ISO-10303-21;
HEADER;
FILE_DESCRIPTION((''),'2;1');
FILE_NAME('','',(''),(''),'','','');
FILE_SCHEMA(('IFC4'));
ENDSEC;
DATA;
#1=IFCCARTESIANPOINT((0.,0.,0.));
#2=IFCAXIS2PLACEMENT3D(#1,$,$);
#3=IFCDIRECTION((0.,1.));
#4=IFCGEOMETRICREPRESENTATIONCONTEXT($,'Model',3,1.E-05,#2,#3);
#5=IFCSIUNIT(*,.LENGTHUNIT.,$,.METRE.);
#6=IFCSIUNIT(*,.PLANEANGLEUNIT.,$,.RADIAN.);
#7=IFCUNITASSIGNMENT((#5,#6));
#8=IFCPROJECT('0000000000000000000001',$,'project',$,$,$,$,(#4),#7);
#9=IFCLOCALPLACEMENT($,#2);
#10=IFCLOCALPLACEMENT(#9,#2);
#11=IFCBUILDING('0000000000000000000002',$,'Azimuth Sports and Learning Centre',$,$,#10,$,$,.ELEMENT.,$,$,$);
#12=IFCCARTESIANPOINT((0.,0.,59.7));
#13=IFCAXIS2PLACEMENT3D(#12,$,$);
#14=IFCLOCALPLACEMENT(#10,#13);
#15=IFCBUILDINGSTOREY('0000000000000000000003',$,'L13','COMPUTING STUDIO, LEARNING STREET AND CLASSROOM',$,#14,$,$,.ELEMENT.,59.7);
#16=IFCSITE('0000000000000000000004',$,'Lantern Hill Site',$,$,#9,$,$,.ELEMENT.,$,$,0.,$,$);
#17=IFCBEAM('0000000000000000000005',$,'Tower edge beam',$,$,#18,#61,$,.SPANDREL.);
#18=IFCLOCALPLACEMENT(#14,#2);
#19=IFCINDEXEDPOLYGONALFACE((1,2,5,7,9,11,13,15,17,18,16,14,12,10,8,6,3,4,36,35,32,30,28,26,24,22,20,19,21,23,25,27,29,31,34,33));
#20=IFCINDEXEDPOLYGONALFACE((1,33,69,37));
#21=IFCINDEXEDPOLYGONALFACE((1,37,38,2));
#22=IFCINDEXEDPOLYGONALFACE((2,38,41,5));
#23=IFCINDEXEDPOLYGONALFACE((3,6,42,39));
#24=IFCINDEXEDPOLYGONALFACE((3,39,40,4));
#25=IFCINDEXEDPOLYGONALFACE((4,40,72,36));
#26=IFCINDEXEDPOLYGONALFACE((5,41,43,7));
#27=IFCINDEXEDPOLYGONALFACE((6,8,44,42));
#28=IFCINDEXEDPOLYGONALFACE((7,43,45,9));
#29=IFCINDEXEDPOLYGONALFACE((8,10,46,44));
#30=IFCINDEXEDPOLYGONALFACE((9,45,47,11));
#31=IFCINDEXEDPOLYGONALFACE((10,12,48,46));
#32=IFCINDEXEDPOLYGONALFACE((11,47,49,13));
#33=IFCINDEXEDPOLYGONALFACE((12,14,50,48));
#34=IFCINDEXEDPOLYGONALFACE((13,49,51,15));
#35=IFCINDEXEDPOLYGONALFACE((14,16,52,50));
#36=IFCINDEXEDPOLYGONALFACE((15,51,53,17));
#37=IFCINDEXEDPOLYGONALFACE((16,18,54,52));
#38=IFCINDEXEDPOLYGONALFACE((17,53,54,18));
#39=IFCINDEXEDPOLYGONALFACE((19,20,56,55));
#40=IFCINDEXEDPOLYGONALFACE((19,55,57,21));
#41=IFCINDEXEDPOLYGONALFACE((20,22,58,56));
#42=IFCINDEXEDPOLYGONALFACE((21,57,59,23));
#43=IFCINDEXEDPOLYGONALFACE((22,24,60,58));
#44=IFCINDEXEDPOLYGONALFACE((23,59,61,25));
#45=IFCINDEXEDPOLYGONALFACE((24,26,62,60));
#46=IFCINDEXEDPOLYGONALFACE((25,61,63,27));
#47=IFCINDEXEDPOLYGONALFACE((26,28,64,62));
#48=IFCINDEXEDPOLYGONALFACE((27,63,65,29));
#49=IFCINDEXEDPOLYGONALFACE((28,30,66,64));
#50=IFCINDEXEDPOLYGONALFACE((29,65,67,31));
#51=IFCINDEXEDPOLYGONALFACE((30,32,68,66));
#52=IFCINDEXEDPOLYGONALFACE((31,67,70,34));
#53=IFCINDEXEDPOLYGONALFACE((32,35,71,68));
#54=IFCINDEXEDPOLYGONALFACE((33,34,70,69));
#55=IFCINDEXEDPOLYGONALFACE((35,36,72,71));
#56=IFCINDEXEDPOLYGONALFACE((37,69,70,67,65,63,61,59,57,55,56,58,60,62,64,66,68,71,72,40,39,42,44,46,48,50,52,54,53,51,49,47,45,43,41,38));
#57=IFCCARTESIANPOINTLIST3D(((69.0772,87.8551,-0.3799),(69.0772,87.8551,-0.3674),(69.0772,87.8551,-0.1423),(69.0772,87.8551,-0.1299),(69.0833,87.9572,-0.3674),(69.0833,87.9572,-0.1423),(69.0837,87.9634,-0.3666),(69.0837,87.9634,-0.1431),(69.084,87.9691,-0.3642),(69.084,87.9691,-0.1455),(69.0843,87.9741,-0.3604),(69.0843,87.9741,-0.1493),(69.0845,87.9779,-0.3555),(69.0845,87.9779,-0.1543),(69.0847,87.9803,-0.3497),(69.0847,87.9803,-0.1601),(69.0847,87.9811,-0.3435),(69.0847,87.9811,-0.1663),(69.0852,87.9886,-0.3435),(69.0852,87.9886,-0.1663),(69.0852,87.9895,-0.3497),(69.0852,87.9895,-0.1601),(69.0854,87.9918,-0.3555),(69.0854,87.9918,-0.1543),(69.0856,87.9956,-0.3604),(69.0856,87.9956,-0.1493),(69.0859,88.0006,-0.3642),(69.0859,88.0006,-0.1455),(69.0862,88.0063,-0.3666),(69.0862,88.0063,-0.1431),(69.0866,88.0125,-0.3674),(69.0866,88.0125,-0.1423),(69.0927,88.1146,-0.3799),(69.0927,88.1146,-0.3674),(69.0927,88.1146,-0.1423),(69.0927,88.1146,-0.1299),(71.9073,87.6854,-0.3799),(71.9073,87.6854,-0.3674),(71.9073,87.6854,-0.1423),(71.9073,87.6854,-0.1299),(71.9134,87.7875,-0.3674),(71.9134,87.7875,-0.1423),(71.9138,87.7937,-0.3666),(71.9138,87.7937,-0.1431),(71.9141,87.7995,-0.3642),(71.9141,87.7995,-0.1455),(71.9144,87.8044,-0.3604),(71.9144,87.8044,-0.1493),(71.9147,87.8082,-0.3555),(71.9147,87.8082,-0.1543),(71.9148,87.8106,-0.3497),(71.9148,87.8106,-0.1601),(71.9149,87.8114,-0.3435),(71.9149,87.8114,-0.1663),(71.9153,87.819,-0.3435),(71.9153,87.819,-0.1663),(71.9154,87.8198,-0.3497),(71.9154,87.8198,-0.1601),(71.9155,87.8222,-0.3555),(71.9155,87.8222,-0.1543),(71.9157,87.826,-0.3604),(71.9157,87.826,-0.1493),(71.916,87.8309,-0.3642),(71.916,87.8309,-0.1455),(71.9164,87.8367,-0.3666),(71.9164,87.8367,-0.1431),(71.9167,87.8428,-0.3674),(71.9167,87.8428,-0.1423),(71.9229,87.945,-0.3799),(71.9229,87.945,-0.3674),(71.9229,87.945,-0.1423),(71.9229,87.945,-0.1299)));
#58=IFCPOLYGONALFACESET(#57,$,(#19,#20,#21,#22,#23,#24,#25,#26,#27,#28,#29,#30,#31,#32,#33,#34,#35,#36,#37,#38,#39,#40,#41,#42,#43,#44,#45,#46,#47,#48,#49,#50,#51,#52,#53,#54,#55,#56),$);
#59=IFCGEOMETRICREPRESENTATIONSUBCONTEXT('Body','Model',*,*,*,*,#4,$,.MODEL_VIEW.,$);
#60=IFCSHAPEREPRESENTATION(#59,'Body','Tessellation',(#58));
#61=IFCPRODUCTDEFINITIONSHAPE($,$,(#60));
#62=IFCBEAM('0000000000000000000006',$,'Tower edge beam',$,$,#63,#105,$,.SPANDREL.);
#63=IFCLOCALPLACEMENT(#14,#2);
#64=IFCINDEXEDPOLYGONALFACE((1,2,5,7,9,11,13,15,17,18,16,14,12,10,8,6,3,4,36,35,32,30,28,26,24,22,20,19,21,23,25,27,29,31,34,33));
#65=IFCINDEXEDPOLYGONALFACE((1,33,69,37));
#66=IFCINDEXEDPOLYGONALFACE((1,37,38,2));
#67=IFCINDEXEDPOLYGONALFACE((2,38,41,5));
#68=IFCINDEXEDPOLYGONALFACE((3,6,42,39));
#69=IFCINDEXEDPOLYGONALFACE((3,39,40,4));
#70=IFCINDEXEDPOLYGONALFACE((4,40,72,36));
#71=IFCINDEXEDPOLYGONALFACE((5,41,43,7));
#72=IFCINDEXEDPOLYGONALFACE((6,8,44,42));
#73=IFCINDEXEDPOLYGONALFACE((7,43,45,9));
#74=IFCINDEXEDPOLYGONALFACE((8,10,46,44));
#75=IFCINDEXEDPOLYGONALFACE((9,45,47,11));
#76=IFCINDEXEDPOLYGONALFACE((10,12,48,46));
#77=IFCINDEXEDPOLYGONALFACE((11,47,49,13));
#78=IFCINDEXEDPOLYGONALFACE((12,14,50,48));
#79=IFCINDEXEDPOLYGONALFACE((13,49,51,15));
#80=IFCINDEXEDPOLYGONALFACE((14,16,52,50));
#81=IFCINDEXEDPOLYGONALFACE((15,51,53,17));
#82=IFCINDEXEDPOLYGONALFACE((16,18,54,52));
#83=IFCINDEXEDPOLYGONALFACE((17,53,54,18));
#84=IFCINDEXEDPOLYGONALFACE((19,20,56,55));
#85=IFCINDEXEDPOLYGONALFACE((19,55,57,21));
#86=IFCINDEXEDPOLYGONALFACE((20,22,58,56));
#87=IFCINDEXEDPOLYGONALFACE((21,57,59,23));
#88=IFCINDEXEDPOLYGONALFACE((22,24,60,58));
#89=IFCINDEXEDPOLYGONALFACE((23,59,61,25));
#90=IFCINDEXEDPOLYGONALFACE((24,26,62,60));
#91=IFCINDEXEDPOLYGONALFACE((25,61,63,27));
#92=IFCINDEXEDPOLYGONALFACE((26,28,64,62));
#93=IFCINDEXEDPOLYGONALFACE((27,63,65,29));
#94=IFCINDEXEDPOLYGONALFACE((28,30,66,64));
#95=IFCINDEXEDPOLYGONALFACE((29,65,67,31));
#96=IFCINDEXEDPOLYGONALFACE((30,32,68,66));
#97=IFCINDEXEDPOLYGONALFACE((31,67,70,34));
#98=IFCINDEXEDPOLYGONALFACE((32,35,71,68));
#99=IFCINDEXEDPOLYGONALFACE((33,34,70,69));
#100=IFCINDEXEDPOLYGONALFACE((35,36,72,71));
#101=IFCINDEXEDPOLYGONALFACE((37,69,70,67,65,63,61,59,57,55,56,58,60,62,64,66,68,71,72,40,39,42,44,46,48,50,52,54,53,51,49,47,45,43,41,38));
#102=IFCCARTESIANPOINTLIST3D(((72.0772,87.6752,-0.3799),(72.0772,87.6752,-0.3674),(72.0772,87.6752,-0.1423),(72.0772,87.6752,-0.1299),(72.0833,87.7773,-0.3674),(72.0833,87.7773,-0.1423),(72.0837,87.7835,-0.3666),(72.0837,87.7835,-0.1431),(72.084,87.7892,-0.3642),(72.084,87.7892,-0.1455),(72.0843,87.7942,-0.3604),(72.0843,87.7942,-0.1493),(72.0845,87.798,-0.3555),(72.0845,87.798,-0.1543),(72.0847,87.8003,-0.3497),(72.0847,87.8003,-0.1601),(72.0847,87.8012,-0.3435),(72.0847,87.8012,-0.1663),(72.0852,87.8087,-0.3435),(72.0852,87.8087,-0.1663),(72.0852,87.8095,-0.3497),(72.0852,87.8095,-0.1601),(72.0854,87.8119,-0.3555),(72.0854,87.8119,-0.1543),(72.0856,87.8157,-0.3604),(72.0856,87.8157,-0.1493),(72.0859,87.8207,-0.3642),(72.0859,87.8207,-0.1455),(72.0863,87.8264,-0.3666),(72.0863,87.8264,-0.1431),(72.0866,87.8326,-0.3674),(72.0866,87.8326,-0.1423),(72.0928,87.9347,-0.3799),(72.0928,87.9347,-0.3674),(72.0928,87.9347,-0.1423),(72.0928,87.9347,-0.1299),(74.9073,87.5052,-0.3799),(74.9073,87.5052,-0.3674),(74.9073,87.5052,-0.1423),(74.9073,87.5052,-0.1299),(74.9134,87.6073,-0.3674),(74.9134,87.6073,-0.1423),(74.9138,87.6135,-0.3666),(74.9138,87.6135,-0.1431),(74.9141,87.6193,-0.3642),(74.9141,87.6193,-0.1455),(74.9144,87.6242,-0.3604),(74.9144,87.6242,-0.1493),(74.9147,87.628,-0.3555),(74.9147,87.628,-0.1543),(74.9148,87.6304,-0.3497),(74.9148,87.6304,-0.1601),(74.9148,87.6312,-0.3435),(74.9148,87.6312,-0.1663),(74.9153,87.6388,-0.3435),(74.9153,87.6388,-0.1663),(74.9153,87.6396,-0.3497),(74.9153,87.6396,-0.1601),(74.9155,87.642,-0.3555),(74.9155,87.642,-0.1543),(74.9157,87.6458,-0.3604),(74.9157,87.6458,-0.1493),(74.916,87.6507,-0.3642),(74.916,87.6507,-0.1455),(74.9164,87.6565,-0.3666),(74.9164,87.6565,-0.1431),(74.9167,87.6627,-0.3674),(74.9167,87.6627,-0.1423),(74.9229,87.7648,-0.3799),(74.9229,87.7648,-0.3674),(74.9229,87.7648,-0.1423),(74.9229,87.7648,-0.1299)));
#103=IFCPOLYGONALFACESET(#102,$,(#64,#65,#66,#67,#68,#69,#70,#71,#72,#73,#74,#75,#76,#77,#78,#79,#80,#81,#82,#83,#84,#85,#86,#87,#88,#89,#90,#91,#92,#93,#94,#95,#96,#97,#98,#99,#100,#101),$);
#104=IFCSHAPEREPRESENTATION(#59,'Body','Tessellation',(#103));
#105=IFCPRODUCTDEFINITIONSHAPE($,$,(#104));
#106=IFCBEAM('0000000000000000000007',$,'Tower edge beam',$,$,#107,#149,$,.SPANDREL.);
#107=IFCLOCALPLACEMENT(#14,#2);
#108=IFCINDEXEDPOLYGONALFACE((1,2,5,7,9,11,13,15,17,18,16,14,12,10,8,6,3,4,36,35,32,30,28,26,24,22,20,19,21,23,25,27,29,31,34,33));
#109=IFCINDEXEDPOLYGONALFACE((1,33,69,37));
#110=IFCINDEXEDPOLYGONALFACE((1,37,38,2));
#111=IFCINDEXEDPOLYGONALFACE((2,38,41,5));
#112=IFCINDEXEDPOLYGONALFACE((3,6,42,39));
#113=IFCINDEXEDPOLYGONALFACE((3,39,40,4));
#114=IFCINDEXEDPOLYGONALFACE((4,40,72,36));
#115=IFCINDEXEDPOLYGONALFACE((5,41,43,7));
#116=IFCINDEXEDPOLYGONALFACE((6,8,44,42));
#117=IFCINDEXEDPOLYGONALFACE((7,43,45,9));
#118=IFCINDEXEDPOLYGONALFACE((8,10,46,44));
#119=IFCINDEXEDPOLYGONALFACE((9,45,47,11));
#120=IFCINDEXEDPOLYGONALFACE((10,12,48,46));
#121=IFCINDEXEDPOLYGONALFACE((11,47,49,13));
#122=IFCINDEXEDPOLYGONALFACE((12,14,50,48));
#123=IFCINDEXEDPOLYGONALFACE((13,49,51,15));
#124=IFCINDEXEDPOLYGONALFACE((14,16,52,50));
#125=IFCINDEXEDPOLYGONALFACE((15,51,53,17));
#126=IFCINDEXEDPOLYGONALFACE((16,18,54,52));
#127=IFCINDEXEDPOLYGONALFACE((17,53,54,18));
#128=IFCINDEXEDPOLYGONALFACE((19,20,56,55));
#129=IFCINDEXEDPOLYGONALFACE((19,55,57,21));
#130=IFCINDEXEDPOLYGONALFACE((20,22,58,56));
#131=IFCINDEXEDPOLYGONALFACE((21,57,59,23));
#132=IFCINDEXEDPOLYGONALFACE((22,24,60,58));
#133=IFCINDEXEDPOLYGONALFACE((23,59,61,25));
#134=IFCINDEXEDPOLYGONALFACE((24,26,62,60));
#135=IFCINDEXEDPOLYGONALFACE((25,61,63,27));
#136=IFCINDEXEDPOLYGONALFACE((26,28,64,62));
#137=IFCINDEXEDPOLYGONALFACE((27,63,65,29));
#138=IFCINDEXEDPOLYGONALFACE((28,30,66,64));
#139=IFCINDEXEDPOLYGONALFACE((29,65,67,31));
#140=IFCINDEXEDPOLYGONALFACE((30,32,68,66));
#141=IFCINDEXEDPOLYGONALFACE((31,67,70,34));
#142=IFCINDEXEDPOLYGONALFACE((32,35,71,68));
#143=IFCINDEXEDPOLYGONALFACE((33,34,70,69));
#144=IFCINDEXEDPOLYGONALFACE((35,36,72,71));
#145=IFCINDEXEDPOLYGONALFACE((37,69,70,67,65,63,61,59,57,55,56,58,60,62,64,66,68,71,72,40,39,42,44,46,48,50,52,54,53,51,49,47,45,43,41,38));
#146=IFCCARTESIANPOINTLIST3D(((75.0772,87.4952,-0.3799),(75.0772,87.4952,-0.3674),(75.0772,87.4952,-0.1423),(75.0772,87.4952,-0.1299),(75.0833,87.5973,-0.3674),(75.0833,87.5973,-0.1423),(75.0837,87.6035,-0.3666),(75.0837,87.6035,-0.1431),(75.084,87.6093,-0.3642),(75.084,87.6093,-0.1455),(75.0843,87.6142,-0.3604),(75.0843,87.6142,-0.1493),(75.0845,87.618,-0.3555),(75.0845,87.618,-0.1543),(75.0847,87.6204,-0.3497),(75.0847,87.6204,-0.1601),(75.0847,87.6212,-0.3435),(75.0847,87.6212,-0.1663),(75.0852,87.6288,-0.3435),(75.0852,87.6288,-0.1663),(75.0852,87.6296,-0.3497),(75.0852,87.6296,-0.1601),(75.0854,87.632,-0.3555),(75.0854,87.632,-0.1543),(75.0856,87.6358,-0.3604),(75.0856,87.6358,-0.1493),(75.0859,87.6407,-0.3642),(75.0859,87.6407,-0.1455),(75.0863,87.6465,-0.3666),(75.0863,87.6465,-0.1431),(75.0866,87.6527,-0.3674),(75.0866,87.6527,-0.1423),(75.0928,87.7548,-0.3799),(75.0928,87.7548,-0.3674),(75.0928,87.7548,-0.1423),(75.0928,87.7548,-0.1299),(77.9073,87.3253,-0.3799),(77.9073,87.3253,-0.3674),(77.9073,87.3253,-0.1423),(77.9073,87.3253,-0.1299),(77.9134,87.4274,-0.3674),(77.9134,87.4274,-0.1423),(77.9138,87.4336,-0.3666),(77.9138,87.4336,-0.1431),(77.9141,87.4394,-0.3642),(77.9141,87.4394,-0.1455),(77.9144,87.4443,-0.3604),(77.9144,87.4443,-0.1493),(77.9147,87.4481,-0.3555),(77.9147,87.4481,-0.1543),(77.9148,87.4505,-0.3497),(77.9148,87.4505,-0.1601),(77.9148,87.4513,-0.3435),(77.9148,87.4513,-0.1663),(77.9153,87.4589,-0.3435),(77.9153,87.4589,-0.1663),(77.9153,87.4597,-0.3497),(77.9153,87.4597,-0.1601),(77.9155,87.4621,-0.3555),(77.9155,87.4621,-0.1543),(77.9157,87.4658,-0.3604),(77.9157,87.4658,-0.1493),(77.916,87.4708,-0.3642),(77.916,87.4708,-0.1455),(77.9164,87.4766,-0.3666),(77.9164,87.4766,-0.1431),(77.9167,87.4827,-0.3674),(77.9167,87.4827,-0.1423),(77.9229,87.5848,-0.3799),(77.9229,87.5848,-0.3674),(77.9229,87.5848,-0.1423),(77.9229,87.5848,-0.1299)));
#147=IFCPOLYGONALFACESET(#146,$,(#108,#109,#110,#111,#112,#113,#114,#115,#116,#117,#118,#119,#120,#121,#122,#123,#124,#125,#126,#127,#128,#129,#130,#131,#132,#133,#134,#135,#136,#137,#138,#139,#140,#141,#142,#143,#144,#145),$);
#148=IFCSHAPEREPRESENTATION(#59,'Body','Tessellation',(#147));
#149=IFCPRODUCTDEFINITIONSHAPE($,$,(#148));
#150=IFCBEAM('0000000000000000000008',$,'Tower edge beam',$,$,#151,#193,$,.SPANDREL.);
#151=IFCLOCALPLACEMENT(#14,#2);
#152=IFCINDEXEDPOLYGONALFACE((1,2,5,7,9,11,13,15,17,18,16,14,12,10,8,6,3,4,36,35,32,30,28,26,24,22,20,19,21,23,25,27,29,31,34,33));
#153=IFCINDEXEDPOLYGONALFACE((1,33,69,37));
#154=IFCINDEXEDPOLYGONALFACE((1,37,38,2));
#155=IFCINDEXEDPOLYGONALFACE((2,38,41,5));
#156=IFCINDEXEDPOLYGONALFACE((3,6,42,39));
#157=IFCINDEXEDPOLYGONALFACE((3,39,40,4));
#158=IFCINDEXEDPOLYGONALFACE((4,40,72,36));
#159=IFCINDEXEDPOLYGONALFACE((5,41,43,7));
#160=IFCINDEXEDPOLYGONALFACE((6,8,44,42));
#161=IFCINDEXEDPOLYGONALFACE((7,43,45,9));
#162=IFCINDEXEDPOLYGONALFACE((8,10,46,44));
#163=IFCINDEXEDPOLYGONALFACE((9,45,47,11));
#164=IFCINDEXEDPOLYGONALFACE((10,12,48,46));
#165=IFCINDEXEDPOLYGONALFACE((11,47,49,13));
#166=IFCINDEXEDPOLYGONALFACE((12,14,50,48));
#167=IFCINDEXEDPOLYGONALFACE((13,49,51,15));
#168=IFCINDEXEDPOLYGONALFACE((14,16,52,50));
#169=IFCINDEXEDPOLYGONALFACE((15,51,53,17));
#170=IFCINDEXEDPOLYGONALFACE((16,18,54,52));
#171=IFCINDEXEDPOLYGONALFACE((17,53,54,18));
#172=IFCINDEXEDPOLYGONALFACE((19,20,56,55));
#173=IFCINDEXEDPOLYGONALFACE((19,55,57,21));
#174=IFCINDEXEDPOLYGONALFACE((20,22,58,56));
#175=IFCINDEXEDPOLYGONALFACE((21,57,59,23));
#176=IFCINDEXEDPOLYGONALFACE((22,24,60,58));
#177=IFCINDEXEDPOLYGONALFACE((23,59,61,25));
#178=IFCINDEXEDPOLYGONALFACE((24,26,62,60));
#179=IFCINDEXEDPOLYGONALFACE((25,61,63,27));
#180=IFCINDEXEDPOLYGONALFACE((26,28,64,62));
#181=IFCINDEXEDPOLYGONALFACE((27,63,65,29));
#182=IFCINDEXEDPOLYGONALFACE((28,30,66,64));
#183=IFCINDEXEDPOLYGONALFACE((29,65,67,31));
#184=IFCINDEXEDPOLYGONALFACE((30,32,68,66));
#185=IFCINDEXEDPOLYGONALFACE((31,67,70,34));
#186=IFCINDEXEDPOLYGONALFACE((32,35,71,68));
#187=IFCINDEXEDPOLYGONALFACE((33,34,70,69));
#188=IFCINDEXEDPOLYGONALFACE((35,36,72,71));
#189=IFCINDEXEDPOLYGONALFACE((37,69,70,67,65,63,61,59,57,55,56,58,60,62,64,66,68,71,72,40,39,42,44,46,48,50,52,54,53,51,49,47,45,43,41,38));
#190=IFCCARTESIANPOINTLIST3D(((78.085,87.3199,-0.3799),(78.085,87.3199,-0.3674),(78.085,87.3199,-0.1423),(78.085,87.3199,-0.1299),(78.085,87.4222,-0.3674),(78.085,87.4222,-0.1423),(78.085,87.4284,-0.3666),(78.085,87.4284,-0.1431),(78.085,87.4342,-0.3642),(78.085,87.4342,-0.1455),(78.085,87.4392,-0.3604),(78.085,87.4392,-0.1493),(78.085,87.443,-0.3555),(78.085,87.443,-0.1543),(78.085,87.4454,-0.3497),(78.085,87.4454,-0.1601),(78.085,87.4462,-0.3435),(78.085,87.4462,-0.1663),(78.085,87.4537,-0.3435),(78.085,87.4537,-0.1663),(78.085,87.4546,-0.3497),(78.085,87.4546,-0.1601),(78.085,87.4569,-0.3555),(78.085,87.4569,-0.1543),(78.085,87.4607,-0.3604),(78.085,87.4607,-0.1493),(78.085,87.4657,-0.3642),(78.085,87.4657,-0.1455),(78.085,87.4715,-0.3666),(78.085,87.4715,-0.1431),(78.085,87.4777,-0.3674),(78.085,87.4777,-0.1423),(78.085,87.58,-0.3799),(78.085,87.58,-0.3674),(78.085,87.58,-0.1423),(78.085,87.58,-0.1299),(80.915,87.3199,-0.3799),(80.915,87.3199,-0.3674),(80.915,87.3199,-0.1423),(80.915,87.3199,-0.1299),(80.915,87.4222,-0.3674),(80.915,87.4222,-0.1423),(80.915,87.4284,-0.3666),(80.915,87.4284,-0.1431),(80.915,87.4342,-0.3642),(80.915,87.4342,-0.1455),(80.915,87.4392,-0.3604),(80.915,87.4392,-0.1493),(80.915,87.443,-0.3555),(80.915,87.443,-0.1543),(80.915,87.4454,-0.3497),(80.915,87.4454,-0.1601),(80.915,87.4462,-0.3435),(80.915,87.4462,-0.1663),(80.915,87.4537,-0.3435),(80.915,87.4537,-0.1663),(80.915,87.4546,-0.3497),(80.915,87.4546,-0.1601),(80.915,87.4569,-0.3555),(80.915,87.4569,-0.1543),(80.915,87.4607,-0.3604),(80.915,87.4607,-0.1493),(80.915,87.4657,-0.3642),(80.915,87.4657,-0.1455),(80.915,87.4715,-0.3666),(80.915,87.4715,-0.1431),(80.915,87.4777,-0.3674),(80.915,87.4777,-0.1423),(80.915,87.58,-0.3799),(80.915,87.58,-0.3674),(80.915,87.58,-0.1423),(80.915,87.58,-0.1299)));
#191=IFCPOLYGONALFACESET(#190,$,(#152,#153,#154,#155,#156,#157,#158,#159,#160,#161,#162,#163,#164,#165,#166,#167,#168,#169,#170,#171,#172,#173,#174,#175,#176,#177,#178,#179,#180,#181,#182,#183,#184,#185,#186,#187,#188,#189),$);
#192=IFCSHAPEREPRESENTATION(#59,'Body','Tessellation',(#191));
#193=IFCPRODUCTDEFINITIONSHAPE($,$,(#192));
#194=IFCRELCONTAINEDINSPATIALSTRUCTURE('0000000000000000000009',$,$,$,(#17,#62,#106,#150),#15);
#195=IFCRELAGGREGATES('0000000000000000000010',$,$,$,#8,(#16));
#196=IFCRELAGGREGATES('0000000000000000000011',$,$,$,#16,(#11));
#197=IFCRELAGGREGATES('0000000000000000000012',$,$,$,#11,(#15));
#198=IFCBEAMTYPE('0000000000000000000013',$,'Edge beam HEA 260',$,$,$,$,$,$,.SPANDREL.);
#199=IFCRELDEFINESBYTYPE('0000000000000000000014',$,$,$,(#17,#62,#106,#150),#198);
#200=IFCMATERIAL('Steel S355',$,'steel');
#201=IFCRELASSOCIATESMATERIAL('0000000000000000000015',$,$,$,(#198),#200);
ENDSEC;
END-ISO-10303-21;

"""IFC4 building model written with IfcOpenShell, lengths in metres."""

from ifc_helpers import new_model, si_unit, direction, frame, origin, origin_2d, place, context, subcontext, project, spatial, i_section, extrude, material, material_profile, profile_set, type_object, element, save


model = new_model("IFC4")

# Units and contexts
model_context = context("Model", 3, precision=1e-05, world=origin(), true_north=direction((0.0, 1.0)))
body_context = subcontext(model_context, "Body", "Model", "MODEL_VIEW")
ifc_project = project(units=[si_unit("LENGTHUNIT", "METRE"), si_unit("PLANEANGLEUNIT", "RADIAN")], contexts=[model_context])

# Site, building, storey
site_placement = place(None, origin())
site = spatial("IfcSite", under=ifc_project, at=site_placement, Name="Lantern Hill Site", CompositionType="ELEMENT", RefElevation=0.0)
building_placement = place(site_placement, origin())
building = spatial("IfcBuilding", under=site, at=building_placement, Name="Azimuth Sports and Learning Centre", CompositionType="ELEMENT")
storey_placement = place(building_placement, frame((0.0, 0.0, 59.7)))
storey = spatial("IfcBuildingStorey", under=building, at=storey_placement, Name="L13", Description="COMPUTING STUDIO, LEARNING STREET AND CLASSROOM", CompositionType="ELEMENT", Elevation=59.7)

# Beams
ifc_material_1 = material(Name="Steel S355", Category="steel")
ifc_material_profile_1 = material_profile(ifc_material_1, i_section(OverallWidth=0.26, OverallDepth=0.25, WebThickness=0.0076, FlangeThickness=0.0125, FilletRadius=0.0239, at=origin_2d()), Name="HEA 260")
ifc_profile_set_1 = profile_set([ifc_material_profile_1], Name="Steel S355")
beam_type = type_object("IfcBeamType", Name="Edge beam HEA 260", PredefinedType="SPANDREL", material=ifc_profile_set_1)
for number, where, z_axis, x_axis, name in (
    (1, (69.085, 87.9849, -0.2549), (0.998208, -0.059848, 0.0), (0.059848, 0.998208, 0.0), "Tower edge beam"),
    (2, (72.085, 87.8049, -0.2549), (0.998202, -0.059933, 0.0), (0.059933, 0.998202, 0.0), "Tower edge beam"),
    (3, (75.085, 87.625, -0.2549), (0.998202, -0.059933, 0.0), (0.059933, 0.998202, 0.0), "Tower edge beam"),
):
    element("IfcBeam", number, at=place(storey_placement, frame(where, z_axis=z_axis, x_axis=x_axis)), inside=storey, type_object=beam_type, Name=name, PredefinedType="SPANDREL", context=body_context, shape_type="SweptSolid", body=[
        extrude(i_section(OverallWidth=0.26, OverallDepth=0.25, WebThickness=0.0076, FlangeThickness=0.0125, FilletRadius=0.0239, at=origin_2d()), origin(), (0.0, 0.0, 1.0), 2.8352),
    ])
for number, where, z_axis, x_axis, name in (
    (4, (78.085, 87.45, -0.2549), (1.0, 0.0, 0.0), (0.0, 1.0, 0.0), "Tower edge beam"),
):
    element("IfcBeam", number, at=place(storey_placement, frame(where, z_axis=z_axis, x_axis=x_axis)), inside=storey, type_object=beam_type, Name=name, PredefinedType="SPANDREL", context=body_context, shape_type="SweptSolid", body=[
        extrude(i_section(OverallWidth=0.26, OverallDepth=0.25, WebThickness=0.0076, FlangeThickness=0.0125, FilletRadius=0.0239, at=origin_2d()), origin(), (0.0, 0.0, 1.0), 2.8301),
    ])

save(model, "model.ifc")
